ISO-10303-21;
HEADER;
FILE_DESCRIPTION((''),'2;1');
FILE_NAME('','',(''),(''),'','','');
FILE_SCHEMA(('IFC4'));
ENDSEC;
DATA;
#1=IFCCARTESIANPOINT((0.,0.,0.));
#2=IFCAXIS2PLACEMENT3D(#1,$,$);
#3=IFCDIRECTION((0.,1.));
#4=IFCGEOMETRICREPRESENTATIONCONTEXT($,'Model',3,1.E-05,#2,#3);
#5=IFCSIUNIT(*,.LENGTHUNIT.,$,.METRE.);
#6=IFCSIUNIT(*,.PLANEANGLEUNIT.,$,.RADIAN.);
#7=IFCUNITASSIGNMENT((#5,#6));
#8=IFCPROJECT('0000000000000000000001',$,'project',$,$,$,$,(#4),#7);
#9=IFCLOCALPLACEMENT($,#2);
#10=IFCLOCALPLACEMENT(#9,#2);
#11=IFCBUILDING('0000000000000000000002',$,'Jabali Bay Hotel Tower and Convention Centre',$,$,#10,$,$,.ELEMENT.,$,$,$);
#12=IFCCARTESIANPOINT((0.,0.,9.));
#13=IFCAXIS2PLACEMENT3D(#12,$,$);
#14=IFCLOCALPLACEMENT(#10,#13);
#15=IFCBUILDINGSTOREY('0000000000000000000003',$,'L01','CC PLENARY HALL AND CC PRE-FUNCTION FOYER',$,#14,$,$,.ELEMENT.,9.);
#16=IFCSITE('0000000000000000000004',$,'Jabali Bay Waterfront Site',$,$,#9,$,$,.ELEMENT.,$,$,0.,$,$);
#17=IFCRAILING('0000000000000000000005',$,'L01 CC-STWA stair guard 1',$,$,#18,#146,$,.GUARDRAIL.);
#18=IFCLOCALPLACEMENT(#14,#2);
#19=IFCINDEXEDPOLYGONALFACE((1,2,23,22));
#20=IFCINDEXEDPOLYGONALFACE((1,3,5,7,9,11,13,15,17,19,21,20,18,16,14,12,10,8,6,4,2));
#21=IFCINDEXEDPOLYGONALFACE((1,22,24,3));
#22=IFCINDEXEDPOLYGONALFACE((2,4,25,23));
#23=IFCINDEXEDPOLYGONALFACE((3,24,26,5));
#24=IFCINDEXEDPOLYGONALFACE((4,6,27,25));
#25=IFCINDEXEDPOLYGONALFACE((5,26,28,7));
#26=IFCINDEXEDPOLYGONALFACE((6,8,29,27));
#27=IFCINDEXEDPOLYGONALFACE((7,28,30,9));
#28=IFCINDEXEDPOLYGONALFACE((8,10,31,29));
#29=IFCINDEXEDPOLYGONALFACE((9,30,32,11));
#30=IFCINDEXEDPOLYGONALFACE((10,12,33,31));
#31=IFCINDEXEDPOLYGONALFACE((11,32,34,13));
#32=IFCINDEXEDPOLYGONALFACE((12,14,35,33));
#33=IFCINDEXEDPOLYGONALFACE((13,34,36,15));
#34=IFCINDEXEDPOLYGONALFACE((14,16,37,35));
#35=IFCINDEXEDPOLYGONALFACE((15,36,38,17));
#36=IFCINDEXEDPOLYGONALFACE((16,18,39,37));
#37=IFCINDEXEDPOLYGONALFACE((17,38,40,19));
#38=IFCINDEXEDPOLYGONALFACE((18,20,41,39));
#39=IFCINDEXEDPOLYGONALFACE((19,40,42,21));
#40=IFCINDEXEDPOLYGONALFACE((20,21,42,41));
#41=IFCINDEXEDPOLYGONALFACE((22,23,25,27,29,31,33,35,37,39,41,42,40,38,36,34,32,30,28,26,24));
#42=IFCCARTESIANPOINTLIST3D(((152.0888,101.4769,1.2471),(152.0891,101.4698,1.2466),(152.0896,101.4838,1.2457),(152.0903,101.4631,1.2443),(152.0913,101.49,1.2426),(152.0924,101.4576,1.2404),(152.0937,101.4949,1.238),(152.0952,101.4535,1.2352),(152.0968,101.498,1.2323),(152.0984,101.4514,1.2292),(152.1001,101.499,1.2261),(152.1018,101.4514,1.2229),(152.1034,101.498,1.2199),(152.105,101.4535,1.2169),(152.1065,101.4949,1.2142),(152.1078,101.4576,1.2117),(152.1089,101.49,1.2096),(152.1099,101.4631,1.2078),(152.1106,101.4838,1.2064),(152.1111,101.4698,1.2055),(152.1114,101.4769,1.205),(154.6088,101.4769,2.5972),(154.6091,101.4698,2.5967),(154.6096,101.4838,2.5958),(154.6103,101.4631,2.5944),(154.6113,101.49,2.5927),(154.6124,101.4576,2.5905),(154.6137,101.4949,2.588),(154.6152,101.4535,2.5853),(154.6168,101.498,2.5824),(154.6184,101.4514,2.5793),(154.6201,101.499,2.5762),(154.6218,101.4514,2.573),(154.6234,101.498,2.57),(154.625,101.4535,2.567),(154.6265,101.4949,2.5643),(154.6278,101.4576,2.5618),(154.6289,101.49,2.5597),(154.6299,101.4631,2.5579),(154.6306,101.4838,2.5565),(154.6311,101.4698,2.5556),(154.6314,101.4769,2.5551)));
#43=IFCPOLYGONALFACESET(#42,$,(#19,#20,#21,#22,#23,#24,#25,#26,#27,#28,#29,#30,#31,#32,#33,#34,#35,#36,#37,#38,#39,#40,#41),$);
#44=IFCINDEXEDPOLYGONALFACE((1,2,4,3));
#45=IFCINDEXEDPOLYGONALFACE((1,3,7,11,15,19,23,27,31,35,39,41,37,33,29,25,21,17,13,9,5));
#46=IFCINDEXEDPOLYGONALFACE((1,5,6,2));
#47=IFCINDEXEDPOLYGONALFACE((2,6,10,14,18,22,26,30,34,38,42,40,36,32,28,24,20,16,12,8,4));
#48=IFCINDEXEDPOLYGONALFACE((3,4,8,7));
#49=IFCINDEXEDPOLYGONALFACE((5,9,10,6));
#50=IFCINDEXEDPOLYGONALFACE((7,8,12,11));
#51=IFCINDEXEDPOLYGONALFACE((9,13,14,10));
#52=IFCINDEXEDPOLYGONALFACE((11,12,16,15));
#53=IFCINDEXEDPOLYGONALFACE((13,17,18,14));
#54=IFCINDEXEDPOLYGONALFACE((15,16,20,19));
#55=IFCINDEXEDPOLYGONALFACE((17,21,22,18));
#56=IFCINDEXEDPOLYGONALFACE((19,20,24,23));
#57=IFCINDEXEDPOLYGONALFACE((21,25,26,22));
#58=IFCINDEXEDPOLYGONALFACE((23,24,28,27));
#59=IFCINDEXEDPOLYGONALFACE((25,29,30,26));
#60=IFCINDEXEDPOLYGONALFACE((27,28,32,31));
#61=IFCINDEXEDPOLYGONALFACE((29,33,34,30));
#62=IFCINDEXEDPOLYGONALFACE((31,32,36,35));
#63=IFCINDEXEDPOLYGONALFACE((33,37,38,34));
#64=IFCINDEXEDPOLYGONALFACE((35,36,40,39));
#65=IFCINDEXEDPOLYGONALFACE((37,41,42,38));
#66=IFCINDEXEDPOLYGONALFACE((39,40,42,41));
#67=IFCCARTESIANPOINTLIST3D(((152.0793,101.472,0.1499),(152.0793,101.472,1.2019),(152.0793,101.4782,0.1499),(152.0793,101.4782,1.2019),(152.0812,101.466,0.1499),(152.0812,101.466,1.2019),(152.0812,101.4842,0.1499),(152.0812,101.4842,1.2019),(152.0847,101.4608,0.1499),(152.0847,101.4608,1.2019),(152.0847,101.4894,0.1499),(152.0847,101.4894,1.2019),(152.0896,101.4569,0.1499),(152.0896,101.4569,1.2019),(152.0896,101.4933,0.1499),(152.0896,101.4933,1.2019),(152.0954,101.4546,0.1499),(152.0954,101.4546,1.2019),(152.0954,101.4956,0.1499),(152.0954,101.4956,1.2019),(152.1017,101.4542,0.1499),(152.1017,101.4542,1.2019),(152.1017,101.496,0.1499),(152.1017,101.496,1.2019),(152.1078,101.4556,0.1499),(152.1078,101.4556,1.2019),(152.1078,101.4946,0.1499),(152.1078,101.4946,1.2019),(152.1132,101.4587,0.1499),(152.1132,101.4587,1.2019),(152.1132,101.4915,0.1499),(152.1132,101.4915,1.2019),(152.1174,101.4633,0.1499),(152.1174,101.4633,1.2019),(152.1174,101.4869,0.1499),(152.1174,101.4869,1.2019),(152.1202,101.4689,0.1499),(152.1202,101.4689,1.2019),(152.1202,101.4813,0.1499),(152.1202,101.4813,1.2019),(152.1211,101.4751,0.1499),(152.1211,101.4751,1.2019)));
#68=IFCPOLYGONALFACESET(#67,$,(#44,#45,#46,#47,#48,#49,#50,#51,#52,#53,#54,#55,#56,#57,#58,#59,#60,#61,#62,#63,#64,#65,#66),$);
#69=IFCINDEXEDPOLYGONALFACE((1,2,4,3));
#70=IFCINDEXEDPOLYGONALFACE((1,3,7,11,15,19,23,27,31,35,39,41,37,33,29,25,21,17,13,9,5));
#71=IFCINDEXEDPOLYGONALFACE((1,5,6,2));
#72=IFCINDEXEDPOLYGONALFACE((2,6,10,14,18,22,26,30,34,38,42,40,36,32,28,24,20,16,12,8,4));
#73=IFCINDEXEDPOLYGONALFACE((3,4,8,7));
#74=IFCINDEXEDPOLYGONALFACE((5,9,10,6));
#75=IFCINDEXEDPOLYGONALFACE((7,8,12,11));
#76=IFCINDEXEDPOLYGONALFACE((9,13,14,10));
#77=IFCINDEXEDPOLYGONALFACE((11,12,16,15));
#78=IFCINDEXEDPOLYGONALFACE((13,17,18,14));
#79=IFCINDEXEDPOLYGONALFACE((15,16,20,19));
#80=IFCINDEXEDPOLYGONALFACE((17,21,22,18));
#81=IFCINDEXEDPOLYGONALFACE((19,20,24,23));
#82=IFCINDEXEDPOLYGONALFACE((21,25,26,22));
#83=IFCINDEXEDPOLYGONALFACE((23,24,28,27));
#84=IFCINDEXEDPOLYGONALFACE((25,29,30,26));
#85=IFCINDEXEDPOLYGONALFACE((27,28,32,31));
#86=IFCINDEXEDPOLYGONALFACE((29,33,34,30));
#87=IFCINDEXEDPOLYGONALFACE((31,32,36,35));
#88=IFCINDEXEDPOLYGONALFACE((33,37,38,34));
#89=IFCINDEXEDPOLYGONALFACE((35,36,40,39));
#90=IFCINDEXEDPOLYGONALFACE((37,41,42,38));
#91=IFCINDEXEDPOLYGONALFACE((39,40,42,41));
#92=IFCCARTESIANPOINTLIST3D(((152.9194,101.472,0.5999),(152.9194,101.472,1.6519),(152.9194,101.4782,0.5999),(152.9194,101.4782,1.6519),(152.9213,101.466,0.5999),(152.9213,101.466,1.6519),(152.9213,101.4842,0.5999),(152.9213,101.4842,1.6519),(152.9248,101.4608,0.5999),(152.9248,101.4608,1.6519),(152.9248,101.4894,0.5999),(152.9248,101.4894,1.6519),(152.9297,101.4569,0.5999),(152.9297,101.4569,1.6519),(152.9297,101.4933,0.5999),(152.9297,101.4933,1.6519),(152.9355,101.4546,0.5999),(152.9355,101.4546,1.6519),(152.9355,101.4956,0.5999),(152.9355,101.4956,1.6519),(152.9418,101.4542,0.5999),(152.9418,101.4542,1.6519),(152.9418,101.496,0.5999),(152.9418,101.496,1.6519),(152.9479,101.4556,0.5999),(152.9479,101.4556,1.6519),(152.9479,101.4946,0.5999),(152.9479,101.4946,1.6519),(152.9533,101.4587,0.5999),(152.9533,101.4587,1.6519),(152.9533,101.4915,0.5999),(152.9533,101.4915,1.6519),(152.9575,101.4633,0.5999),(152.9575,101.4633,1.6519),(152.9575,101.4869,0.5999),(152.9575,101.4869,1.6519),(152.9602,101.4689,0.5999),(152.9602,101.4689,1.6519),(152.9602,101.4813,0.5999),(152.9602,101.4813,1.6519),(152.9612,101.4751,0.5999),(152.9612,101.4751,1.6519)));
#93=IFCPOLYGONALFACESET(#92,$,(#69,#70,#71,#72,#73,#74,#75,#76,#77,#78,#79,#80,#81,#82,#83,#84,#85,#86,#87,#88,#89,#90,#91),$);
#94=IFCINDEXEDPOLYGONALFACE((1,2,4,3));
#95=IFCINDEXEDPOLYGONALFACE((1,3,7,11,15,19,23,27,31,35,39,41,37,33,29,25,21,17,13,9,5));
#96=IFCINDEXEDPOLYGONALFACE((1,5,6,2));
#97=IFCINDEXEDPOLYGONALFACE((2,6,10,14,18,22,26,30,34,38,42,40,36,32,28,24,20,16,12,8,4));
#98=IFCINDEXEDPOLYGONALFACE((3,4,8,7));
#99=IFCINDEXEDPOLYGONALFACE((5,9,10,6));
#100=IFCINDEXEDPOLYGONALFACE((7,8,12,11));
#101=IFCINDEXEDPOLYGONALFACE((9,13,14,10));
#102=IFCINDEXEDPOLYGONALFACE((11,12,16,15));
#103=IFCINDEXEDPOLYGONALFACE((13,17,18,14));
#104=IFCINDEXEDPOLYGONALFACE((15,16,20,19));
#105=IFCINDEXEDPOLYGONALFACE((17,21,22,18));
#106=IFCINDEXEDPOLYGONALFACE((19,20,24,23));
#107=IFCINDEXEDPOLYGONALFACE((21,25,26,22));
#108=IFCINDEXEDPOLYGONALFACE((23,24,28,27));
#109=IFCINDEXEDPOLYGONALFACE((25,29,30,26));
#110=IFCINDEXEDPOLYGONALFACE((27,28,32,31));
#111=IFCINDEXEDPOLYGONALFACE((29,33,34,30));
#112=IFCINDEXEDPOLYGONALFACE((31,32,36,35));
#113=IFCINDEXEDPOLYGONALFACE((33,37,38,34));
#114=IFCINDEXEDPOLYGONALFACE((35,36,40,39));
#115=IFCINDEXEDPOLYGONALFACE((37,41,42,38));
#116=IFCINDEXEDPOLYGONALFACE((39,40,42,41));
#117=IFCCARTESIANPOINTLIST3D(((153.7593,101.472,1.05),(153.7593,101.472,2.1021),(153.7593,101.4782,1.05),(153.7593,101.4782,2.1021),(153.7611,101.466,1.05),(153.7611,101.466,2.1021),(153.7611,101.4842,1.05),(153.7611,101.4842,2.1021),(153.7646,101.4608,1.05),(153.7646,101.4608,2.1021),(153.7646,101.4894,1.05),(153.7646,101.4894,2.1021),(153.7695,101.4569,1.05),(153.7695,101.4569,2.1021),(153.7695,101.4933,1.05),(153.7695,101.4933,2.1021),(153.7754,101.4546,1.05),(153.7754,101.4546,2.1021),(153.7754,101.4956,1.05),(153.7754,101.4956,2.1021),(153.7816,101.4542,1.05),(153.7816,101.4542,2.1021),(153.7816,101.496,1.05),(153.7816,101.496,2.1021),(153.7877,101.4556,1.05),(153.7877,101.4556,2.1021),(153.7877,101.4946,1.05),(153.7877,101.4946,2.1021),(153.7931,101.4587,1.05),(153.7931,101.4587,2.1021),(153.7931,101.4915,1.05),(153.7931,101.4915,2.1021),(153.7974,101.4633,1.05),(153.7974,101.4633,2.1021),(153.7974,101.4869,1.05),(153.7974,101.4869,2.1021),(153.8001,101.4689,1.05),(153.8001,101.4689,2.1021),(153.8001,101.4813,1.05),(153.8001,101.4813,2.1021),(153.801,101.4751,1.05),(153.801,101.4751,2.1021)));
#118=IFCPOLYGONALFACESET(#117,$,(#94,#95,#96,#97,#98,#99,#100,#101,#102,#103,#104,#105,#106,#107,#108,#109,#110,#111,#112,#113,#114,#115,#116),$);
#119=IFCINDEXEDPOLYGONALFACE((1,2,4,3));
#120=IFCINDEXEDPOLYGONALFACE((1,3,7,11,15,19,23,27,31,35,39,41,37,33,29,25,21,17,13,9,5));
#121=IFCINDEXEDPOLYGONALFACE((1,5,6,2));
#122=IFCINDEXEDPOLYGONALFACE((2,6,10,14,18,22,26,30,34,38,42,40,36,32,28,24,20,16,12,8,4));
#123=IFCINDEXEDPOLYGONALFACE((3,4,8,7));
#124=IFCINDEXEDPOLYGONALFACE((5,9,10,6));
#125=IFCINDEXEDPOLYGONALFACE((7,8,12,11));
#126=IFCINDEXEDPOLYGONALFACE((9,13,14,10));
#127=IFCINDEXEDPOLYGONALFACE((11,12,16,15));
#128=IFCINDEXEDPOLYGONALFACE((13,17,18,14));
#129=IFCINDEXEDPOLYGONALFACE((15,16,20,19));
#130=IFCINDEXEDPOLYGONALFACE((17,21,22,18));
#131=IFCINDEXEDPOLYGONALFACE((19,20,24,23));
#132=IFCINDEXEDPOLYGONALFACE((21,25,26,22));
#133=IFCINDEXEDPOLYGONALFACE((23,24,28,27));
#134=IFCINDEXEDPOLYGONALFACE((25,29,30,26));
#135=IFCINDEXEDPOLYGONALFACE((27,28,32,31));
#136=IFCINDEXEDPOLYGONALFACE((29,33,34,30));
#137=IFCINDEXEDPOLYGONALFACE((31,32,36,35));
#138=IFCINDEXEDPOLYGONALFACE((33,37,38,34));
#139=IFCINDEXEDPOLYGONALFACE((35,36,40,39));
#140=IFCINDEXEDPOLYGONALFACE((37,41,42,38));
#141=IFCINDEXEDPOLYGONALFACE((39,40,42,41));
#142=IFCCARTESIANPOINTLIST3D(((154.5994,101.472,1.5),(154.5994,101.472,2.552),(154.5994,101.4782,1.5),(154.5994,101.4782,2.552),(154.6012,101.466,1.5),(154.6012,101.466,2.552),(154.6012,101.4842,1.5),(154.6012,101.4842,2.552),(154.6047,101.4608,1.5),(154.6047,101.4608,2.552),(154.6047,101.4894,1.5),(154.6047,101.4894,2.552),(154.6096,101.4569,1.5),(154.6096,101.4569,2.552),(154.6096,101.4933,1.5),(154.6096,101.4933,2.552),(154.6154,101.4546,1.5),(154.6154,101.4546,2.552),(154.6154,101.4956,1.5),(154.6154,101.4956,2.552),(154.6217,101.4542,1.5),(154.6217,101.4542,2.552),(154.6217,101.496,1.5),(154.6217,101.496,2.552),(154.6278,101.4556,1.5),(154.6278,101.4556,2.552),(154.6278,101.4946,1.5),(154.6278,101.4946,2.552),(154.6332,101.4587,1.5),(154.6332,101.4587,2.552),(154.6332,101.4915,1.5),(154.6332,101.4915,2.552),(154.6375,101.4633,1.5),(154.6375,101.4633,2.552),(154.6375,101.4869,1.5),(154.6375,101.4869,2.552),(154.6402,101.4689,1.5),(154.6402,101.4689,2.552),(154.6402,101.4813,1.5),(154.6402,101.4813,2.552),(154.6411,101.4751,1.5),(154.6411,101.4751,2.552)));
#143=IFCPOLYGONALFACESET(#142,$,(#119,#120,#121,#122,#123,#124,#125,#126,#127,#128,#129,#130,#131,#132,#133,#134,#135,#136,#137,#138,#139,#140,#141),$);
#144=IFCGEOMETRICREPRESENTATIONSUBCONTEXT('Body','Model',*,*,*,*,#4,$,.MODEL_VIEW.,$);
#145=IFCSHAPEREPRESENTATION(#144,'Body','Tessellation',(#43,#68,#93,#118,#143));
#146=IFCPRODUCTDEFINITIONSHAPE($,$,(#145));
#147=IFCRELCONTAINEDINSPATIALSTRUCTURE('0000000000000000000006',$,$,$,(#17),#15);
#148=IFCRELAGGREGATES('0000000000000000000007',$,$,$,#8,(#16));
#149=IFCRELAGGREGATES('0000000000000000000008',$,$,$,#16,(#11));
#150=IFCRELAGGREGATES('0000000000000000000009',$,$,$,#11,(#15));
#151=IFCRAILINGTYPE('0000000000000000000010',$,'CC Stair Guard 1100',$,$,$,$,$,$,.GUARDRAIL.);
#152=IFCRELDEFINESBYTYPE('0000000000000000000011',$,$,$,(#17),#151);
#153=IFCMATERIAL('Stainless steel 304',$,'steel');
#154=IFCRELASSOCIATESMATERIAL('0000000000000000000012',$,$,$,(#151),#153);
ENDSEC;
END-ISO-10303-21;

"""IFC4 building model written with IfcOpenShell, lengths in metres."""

from ifc_helpers import new_model, si_unit, direction, frame, origin, origin_2d, place, context, subcontext, project, spatial, circle, extrude, material, type_object, element, save


model = new_model("IFC4")

# Units and contexts
model_context = context("Model", 3, precision=1e-05, world=origin(), true_north=direction((0.0, 1.0)))
body_context = subcontext(model_context, "Body", "Model", "MODEL_VIEW")
ifc_project = project(units=[si_unit("LENGTHUNIT", "METRE"), si_unit("PLANEANGLEUNIT", "RADIAN")], contexts=[model_context])

# Site, building, storey
site_placement = place(None, origin())
site = spatial("IfcSite", under=ifc_project, at=site_placement, Name="Jabali Bay Waterfront Site", CompositionType="ELEMENT", RefElevation=0.0)
building_placement = place(site_placement, origin())
building = spatial("IfcBuilding", under=site, at=building_placement, Name="Jabali Bay Hotel Tower and Convention Centre", CompositionType="ELEMENT")
storey_placement = place(building_placement, frame((0.0, 0.0, 9.0)))
storey = spatial("IfcBuildingStorey", under=building, at=storey_placement, Name="L01", Description="CC PLENARY HALL AND CC PRE-FUNCTION FOYER", CompositionType="ELEMENT", Elevation=9.0)

# Railing
ifc_material_1 = material(Name="Stainless steel 304", Category="steel")
railing_type_1 = type_object("IfcRailingType", Name="CC Stair Guard 1100", PredefinedType="GUARDRAIL", material=ifc_material_1)
for number, where, name in (
    (1, (152.1001, 101.4751, 0.1499), "L01 CC-STWA stair guard 1"),
):
    element("IfcRailing", number, at=place(storey_placement, frame(where)), inside=storey, type_object=railing_type_1, Name=name, PredefinedType="GUARDRAIL", context=body_context, shape_type="SweptSolid", body=[
        extrude(circle(Radius=0.0239, at=origin_2d()), frame((0.0, 0.0, 1.0762), z_axis=(0.881467, 0.0, 0.472245), x_axis=(0.0, 1.0, 0.0)), (0.0, 0.0, 1.0), 2.8589),
        extrude(circle(Radius=0.021, at=origin_2d()), origin(), (0.0, 0.0, 1.0), 1.052),
        extrude(circle(Radius=0.021, at=origin_2d()), frame((0.8401, 0.0, 0.45)), (0.0, 0.0, 1.0), 1.052),
        extrude(circle(Radius=0.021, at=origin_2d()), frame((1.6799, 0.0, 0.9001)), (0.0, 0.0, 1.0), 1.052),
        extrude(circle(Radius=0.021, at=origin_2d()), frame((2.52, 0.0, 1.3501)), (0.0, 0.0, 1.0), 1.052),
    ])

save(model, "model.ifc")
